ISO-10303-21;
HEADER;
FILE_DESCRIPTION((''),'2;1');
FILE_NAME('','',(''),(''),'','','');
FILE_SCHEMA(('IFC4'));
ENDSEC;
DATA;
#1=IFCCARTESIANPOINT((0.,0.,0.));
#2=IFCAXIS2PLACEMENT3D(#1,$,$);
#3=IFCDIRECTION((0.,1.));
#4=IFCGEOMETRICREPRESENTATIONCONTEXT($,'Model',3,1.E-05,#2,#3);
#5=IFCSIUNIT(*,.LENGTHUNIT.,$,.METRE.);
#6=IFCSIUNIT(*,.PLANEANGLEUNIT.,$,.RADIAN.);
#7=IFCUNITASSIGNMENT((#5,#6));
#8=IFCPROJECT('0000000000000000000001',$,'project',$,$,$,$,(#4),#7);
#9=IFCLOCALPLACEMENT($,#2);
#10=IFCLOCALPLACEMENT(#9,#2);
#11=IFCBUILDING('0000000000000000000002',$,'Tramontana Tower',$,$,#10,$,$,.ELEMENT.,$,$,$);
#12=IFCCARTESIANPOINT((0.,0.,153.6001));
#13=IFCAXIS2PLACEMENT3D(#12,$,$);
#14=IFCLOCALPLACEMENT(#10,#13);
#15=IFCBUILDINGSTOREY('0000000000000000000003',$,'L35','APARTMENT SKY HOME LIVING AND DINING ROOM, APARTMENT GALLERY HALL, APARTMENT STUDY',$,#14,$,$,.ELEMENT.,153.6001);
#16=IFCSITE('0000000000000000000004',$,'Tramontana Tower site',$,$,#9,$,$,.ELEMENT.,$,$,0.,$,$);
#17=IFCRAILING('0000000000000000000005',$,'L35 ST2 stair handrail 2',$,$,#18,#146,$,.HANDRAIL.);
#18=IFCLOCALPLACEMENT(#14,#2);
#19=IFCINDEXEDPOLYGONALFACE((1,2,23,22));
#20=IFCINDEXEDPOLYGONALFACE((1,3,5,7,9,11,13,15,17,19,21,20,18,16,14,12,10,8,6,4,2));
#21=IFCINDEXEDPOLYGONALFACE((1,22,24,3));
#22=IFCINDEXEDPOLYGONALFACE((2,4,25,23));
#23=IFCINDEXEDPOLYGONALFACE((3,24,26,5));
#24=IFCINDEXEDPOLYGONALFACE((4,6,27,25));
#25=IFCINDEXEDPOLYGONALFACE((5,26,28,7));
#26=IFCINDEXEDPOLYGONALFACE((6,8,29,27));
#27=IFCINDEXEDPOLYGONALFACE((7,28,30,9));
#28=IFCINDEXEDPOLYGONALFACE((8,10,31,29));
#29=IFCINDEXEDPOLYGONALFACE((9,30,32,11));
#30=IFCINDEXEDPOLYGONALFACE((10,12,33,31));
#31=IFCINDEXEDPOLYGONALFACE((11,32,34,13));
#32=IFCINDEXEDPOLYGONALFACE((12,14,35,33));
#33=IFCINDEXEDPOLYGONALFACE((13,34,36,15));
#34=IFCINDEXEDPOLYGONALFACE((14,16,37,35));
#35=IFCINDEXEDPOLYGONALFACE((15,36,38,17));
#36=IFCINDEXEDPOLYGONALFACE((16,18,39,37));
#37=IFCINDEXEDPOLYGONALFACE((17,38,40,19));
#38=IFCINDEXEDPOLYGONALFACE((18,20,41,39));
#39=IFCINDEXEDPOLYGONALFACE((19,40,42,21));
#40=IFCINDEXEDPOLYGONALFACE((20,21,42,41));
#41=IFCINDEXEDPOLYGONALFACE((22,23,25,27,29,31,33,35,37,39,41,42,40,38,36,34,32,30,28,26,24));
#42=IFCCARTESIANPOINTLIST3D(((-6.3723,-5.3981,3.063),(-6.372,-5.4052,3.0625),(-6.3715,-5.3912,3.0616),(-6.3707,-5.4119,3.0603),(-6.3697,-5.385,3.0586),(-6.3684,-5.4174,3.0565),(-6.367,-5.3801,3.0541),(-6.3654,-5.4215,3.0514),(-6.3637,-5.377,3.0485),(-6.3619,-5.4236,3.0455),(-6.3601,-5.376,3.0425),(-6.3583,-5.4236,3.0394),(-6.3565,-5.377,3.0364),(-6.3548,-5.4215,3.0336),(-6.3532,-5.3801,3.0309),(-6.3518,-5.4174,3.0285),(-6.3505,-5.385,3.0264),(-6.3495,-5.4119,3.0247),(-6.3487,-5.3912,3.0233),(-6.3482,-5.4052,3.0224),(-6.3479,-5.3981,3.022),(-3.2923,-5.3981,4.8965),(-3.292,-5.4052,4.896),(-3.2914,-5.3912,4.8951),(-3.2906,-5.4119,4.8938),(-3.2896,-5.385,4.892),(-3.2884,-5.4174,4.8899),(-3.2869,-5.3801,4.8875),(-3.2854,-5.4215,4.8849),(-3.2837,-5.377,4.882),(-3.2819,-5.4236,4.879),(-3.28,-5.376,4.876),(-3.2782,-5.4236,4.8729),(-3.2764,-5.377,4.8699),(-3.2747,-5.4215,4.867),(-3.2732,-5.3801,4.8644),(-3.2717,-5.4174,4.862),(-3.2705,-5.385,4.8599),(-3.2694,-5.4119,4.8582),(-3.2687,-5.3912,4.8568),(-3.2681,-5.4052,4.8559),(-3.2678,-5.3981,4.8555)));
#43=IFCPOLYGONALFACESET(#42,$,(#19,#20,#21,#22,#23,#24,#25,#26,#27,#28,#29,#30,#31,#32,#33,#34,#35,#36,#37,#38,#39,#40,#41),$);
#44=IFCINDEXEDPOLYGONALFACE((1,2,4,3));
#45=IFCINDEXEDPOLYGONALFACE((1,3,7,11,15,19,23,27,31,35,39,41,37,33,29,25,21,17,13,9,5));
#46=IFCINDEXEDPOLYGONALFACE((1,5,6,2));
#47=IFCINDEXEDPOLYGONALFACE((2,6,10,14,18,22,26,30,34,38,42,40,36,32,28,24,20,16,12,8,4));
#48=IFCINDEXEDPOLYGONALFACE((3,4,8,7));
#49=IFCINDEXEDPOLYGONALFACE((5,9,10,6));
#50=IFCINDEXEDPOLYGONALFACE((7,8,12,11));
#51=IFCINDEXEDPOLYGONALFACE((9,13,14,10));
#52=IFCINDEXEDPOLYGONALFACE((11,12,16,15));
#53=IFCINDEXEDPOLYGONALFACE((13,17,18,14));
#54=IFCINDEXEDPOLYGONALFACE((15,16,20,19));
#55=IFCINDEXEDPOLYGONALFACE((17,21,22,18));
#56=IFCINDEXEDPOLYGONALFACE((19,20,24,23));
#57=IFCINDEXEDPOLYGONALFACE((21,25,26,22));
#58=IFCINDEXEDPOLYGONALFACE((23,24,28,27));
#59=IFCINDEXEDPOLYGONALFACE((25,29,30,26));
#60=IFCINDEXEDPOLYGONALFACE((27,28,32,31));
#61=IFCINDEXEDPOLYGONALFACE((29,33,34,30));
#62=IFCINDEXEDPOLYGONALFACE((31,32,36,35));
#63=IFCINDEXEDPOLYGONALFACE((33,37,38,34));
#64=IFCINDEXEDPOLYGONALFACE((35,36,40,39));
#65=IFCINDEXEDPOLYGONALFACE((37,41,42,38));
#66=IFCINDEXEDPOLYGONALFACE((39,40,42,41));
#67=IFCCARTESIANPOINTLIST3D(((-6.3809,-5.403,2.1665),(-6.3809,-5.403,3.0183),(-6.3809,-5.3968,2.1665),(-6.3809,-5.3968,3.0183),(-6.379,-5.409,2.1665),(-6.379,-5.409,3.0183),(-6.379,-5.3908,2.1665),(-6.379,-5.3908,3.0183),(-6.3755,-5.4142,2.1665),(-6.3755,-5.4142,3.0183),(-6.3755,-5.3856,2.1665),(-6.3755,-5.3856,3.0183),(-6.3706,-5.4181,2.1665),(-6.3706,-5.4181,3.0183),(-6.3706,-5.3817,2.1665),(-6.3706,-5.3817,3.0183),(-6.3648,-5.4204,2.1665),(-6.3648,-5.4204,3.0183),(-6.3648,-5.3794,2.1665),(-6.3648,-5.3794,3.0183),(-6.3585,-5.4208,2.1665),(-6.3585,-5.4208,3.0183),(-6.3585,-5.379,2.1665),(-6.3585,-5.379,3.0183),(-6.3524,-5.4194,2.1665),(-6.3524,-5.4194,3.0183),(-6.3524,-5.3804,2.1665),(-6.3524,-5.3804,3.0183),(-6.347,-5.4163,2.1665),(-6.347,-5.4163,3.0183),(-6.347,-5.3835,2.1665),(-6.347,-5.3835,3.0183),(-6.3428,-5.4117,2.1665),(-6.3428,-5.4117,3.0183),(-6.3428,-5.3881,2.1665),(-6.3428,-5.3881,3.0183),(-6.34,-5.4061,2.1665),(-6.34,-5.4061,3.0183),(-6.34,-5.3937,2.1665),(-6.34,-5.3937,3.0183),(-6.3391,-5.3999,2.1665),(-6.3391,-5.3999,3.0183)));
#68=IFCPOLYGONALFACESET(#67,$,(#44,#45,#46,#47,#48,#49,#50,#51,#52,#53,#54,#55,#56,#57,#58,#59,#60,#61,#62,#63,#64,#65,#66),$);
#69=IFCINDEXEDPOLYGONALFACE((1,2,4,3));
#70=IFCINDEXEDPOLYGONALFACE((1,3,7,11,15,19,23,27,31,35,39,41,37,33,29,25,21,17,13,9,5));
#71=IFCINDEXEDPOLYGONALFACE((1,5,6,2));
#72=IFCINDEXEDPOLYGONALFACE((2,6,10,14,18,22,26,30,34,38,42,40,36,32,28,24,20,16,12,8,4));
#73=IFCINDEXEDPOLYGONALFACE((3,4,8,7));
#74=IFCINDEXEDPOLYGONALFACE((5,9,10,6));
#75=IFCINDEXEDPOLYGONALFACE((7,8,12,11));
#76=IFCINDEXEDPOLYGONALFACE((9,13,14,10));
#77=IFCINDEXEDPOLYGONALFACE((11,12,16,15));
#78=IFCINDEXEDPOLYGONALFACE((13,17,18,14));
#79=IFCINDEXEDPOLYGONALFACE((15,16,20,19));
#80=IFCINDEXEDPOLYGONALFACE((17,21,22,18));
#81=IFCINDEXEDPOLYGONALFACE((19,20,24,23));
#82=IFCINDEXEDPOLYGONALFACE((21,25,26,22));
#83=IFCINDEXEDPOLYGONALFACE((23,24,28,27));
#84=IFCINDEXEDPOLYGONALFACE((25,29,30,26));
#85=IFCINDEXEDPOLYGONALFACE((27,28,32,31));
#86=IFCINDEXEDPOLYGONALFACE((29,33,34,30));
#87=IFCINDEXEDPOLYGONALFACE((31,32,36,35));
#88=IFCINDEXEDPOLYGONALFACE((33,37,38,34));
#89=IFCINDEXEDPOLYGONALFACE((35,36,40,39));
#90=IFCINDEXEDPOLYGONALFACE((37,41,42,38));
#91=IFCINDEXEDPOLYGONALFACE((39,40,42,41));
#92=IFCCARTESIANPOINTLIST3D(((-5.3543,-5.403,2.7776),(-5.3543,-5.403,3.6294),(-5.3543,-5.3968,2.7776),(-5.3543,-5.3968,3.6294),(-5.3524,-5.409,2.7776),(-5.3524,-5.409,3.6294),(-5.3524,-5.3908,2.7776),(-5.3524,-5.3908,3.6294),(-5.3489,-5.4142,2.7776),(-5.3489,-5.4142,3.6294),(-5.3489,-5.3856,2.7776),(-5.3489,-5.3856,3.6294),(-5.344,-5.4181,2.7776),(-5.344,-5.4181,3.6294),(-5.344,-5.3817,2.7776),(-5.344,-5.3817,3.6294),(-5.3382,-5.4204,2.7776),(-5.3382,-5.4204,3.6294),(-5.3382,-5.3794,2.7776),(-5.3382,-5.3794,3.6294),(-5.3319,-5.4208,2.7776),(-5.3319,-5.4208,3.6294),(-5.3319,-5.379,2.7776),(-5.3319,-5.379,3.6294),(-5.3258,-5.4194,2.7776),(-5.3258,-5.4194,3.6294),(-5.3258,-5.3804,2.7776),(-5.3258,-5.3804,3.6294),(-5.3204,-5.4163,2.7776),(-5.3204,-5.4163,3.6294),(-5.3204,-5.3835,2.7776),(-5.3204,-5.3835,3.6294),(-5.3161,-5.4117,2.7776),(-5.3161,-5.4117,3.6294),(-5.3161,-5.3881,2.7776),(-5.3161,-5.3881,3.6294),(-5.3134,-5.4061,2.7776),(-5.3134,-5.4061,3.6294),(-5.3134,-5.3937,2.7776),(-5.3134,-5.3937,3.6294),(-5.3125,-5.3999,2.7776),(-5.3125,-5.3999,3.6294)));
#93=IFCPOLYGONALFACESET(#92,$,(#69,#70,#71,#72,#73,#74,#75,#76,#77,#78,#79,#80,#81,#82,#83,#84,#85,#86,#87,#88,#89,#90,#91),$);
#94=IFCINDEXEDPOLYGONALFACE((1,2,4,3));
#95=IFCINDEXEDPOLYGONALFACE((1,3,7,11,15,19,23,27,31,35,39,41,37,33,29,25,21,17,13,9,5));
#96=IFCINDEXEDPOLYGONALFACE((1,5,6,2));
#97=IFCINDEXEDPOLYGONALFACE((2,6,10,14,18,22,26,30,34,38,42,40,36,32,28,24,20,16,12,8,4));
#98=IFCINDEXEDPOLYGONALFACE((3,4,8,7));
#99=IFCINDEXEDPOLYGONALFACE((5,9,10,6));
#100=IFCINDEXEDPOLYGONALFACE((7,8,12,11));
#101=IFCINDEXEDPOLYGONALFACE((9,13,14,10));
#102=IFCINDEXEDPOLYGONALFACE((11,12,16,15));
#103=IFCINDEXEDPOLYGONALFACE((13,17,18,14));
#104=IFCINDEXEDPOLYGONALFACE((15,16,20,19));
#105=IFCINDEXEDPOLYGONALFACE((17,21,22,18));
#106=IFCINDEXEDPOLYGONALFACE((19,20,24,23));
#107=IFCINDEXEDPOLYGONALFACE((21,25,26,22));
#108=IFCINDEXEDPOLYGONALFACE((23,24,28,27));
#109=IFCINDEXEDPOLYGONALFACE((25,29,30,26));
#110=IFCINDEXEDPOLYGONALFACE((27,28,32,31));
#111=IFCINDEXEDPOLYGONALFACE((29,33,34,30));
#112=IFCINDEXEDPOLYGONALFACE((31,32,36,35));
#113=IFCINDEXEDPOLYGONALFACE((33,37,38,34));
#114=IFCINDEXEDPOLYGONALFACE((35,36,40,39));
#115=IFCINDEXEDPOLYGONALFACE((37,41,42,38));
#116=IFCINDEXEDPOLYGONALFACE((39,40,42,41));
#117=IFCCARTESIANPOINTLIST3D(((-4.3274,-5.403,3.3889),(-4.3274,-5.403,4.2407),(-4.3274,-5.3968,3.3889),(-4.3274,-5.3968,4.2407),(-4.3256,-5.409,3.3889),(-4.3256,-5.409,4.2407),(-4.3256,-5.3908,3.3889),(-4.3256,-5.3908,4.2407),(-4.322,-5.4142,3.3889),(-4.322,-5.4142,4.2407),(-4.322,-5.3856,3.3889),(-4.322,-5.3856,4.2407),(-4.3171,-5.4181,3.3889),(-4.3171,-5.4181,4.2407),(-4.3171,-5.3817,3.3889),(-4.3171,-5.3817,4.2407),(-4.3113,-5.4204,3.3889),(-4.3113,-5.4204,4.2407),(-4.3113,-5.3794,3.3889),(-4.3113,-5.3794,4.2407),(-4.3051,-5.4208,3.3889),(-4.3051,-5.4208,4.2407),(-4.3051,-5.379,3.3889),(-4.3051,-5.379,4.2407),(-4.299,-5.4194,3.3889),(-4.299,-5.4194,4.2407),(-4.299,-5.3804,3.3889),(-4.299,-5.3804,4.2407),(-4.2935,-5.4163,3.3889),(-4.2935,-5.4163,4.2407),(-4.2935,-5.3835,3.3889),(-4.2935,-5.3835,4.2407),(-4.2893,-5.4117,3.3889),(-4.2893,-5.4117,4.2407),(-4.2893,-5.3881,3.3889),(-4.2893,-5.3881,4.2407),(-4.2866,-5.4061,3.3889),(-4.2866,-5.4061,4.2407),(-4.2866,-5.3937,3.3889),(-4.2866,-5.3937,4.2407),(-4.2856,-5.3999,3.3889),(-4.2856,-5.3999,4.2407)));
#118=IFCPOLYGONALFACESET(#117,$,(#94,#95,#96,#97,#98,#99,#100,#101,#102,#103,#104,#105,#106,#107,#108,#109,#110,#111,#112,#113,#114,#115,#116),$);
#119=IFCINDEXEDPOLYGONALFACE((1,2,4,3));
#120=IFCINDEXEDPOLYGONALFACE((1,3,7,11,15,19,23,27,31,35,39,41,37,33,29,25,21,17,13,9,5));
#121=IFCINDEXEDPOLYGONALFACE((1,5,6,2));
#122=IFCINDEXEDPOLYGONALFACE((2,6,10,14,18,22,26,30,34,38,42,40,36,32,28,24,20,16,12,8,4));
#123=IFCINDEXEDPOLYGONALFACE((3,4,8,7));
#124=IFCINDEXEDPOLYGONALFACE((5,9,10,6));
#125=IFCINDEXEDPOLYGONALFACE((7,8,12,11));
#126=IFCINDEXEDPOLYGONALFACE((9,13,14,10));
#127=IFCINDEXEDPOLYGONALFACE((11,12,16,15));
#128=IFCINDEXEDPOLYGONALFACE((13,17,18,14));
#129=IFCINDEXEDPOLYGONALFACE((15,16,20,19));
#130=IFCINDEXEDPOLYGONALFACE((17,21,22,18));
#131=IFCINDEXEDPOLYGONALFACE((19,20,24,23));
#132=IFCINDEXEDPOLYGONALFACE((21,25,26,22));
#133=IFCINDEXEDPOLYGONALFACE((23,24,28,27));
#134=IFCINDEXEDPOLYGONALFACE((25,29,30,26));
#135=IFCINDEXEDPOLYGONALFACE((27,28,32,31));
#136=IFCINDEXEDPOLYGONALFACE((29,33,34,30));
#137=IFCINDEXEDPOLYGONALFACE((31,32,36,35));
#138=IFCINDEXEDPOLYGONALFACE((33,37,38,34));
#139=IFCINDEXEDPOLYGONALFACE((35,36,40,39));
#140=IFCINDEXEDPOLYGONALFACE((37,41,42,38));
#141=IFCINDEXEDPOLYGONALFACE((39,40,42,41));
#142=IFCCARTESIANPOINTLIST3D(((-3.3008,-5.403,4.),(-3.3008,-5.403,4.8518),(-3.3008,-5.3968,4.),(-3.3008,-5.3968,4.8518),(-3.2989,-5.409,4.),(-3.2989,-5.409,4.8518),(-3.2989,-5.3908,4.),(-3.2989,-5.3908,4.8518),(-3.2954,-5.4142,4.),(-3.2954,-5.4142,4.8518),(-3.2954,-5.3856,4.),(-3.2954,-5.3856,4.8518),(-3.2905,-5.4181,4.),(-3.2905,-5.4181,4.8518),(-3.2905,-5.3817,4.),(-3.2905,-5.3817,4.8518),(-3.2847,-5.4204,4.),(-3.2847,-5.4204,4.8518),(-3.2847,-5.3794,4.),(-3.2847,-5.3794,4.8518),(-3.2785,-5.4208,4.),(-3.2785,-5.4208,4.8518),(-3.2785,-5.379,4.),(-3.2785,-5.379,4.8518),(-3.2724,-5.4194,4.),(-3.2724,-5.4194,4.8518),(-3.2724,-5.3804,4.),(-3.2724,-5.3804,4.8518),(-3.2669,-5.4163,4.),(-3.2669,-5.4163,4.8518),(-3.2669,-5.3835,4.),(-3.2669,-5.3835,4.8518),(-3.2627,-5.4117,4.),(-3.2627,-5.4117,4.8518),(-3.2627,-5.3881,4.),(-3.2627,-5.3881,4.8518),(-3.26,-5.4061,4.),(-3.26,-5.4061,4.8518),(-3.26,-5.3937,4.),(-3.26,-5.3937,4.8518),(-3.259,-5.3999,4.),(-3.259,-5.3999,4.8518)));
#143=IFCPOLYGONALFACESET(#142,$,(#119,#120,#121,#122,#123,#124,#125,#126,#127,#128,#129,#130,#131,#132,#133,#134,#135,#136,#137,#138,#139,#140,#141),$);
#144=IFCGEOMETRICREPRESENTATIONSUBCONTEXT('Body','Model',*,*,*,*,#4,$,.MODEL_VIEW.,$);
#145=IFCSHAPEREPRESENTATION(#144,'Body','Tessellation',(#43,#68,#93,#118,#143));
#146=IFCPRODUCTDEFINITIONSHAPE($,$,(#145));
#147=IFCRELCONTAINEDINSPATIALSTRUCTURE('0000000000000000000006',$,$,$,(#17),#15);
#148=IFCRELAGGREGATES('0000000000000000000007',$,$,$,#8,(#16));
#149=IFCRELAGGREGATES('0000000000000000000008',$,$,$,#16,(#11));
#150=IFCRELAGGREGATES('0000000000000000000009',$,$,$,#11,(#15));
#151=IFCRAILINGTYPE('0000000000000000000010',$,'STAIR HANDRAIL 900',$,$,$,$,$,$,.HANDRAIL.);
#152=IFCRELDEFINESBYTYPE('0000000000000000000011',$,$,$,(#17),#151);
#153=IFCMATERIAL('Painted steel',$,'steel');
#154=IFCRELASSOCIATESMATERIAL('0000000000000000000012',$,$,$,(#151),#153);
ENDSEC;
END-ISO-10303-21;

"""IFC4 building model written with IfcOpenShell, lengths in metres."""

from ifc_helpers import new_model, si_unit, direction, frame, origin, origin_2d, place, context, subcontext, project, spatial, circle, extrude, material, type_object, element, save


model = new_model("IFC4")

# Units and contexts
model_context = context("Model", 3, precision=1e-05, world=origin(), true_north=direction((0.0, 1.0)))
body_context = subcontext(model_context, "Body", "Model", "MODEL_VIEW")
ifc_project = project(units=[si_unit("LENGTHUNIT", "METRE"), si_unit("PLANEANGLEUNIT", "RADIAN")], contexts=[model_context])

# Site, building, storey
site_placement = place(None, origin())
site = spatial("IfcSite", under=ifc_project, at=site_placement, Name="Tramontana Tower site", CompositionType="ELEMENT", RefElevation=0.0)
building_placement = place(site_placement, origin())
building = spatial("IfcBuilding", under=site, at=building_placement, Name="Tramontana Tower", CompositionType="ELEMENT")
storey_placement = place(building_placement, frame((0.0, 0.0, 153.6001)))
storey = spatial("IfcBuildingStorey", under=building, at=storey_placement, Name="L35", Description="APARTMENT SKY HOME LIVING AND DINING ROOM, APARTMENT GALLERY HALL, APARTMENT STUDY", CompositionType="ELEMENT", Elevation=153.6001)

# Railing
ifc_material_1 = material(Name="Painted steel", Category="steel")
railing_type_1 = type_object("IfcRailingType", Name="STAIR HANDRAIL 900", PredefinedType="HANDRAIL", material=ifc_material_1)
railing_1_placement = place(storey_placement, frame((-6.3601, -5.3999, 2.1665)))
element("IfcRailing", 1, at=railing_1_placement, inside=storey, type_object=railing_type_1, Name="L35 ST2 stair handrail 2", PredefinedType="HANDRAIL", context=body_context, shape_type="SweptSolid", body=[
    extrude(circle(Radius=0.0239, at=origin_2d()), frame((0.0, 0.0, 0.876), z_axis=(0.859279, 0.0, 0.511508), x_axis=(0.0, 1.0, 0.0)), (0.0, 0.0, 1.0), 3.5845),
    extrude(circle(Radius=0.021, at=origin_2d()), origin(), (0.0, 0.0, 1.0), 0.8518),
    extrude(circle(Radius=0.021, at=origin_2d()), frame((1.0266, 0.0, 0.6111)), (0.0, 0.0, 1.0), 0.8518),
    extrude(circle(Radius=0.021, at=origin_2d()), frame((2.0535, 0.0, 1.2224)), (0.0, 0.0, 1.0), 0.8518),
    extrude(circle(Radius=0.021, at=origin_2d()), frame((3.0801, 0.0, 1.8335)), (0.0, 0.0, 1.0), 0.8518),
])

save(model, "model.ifc")
